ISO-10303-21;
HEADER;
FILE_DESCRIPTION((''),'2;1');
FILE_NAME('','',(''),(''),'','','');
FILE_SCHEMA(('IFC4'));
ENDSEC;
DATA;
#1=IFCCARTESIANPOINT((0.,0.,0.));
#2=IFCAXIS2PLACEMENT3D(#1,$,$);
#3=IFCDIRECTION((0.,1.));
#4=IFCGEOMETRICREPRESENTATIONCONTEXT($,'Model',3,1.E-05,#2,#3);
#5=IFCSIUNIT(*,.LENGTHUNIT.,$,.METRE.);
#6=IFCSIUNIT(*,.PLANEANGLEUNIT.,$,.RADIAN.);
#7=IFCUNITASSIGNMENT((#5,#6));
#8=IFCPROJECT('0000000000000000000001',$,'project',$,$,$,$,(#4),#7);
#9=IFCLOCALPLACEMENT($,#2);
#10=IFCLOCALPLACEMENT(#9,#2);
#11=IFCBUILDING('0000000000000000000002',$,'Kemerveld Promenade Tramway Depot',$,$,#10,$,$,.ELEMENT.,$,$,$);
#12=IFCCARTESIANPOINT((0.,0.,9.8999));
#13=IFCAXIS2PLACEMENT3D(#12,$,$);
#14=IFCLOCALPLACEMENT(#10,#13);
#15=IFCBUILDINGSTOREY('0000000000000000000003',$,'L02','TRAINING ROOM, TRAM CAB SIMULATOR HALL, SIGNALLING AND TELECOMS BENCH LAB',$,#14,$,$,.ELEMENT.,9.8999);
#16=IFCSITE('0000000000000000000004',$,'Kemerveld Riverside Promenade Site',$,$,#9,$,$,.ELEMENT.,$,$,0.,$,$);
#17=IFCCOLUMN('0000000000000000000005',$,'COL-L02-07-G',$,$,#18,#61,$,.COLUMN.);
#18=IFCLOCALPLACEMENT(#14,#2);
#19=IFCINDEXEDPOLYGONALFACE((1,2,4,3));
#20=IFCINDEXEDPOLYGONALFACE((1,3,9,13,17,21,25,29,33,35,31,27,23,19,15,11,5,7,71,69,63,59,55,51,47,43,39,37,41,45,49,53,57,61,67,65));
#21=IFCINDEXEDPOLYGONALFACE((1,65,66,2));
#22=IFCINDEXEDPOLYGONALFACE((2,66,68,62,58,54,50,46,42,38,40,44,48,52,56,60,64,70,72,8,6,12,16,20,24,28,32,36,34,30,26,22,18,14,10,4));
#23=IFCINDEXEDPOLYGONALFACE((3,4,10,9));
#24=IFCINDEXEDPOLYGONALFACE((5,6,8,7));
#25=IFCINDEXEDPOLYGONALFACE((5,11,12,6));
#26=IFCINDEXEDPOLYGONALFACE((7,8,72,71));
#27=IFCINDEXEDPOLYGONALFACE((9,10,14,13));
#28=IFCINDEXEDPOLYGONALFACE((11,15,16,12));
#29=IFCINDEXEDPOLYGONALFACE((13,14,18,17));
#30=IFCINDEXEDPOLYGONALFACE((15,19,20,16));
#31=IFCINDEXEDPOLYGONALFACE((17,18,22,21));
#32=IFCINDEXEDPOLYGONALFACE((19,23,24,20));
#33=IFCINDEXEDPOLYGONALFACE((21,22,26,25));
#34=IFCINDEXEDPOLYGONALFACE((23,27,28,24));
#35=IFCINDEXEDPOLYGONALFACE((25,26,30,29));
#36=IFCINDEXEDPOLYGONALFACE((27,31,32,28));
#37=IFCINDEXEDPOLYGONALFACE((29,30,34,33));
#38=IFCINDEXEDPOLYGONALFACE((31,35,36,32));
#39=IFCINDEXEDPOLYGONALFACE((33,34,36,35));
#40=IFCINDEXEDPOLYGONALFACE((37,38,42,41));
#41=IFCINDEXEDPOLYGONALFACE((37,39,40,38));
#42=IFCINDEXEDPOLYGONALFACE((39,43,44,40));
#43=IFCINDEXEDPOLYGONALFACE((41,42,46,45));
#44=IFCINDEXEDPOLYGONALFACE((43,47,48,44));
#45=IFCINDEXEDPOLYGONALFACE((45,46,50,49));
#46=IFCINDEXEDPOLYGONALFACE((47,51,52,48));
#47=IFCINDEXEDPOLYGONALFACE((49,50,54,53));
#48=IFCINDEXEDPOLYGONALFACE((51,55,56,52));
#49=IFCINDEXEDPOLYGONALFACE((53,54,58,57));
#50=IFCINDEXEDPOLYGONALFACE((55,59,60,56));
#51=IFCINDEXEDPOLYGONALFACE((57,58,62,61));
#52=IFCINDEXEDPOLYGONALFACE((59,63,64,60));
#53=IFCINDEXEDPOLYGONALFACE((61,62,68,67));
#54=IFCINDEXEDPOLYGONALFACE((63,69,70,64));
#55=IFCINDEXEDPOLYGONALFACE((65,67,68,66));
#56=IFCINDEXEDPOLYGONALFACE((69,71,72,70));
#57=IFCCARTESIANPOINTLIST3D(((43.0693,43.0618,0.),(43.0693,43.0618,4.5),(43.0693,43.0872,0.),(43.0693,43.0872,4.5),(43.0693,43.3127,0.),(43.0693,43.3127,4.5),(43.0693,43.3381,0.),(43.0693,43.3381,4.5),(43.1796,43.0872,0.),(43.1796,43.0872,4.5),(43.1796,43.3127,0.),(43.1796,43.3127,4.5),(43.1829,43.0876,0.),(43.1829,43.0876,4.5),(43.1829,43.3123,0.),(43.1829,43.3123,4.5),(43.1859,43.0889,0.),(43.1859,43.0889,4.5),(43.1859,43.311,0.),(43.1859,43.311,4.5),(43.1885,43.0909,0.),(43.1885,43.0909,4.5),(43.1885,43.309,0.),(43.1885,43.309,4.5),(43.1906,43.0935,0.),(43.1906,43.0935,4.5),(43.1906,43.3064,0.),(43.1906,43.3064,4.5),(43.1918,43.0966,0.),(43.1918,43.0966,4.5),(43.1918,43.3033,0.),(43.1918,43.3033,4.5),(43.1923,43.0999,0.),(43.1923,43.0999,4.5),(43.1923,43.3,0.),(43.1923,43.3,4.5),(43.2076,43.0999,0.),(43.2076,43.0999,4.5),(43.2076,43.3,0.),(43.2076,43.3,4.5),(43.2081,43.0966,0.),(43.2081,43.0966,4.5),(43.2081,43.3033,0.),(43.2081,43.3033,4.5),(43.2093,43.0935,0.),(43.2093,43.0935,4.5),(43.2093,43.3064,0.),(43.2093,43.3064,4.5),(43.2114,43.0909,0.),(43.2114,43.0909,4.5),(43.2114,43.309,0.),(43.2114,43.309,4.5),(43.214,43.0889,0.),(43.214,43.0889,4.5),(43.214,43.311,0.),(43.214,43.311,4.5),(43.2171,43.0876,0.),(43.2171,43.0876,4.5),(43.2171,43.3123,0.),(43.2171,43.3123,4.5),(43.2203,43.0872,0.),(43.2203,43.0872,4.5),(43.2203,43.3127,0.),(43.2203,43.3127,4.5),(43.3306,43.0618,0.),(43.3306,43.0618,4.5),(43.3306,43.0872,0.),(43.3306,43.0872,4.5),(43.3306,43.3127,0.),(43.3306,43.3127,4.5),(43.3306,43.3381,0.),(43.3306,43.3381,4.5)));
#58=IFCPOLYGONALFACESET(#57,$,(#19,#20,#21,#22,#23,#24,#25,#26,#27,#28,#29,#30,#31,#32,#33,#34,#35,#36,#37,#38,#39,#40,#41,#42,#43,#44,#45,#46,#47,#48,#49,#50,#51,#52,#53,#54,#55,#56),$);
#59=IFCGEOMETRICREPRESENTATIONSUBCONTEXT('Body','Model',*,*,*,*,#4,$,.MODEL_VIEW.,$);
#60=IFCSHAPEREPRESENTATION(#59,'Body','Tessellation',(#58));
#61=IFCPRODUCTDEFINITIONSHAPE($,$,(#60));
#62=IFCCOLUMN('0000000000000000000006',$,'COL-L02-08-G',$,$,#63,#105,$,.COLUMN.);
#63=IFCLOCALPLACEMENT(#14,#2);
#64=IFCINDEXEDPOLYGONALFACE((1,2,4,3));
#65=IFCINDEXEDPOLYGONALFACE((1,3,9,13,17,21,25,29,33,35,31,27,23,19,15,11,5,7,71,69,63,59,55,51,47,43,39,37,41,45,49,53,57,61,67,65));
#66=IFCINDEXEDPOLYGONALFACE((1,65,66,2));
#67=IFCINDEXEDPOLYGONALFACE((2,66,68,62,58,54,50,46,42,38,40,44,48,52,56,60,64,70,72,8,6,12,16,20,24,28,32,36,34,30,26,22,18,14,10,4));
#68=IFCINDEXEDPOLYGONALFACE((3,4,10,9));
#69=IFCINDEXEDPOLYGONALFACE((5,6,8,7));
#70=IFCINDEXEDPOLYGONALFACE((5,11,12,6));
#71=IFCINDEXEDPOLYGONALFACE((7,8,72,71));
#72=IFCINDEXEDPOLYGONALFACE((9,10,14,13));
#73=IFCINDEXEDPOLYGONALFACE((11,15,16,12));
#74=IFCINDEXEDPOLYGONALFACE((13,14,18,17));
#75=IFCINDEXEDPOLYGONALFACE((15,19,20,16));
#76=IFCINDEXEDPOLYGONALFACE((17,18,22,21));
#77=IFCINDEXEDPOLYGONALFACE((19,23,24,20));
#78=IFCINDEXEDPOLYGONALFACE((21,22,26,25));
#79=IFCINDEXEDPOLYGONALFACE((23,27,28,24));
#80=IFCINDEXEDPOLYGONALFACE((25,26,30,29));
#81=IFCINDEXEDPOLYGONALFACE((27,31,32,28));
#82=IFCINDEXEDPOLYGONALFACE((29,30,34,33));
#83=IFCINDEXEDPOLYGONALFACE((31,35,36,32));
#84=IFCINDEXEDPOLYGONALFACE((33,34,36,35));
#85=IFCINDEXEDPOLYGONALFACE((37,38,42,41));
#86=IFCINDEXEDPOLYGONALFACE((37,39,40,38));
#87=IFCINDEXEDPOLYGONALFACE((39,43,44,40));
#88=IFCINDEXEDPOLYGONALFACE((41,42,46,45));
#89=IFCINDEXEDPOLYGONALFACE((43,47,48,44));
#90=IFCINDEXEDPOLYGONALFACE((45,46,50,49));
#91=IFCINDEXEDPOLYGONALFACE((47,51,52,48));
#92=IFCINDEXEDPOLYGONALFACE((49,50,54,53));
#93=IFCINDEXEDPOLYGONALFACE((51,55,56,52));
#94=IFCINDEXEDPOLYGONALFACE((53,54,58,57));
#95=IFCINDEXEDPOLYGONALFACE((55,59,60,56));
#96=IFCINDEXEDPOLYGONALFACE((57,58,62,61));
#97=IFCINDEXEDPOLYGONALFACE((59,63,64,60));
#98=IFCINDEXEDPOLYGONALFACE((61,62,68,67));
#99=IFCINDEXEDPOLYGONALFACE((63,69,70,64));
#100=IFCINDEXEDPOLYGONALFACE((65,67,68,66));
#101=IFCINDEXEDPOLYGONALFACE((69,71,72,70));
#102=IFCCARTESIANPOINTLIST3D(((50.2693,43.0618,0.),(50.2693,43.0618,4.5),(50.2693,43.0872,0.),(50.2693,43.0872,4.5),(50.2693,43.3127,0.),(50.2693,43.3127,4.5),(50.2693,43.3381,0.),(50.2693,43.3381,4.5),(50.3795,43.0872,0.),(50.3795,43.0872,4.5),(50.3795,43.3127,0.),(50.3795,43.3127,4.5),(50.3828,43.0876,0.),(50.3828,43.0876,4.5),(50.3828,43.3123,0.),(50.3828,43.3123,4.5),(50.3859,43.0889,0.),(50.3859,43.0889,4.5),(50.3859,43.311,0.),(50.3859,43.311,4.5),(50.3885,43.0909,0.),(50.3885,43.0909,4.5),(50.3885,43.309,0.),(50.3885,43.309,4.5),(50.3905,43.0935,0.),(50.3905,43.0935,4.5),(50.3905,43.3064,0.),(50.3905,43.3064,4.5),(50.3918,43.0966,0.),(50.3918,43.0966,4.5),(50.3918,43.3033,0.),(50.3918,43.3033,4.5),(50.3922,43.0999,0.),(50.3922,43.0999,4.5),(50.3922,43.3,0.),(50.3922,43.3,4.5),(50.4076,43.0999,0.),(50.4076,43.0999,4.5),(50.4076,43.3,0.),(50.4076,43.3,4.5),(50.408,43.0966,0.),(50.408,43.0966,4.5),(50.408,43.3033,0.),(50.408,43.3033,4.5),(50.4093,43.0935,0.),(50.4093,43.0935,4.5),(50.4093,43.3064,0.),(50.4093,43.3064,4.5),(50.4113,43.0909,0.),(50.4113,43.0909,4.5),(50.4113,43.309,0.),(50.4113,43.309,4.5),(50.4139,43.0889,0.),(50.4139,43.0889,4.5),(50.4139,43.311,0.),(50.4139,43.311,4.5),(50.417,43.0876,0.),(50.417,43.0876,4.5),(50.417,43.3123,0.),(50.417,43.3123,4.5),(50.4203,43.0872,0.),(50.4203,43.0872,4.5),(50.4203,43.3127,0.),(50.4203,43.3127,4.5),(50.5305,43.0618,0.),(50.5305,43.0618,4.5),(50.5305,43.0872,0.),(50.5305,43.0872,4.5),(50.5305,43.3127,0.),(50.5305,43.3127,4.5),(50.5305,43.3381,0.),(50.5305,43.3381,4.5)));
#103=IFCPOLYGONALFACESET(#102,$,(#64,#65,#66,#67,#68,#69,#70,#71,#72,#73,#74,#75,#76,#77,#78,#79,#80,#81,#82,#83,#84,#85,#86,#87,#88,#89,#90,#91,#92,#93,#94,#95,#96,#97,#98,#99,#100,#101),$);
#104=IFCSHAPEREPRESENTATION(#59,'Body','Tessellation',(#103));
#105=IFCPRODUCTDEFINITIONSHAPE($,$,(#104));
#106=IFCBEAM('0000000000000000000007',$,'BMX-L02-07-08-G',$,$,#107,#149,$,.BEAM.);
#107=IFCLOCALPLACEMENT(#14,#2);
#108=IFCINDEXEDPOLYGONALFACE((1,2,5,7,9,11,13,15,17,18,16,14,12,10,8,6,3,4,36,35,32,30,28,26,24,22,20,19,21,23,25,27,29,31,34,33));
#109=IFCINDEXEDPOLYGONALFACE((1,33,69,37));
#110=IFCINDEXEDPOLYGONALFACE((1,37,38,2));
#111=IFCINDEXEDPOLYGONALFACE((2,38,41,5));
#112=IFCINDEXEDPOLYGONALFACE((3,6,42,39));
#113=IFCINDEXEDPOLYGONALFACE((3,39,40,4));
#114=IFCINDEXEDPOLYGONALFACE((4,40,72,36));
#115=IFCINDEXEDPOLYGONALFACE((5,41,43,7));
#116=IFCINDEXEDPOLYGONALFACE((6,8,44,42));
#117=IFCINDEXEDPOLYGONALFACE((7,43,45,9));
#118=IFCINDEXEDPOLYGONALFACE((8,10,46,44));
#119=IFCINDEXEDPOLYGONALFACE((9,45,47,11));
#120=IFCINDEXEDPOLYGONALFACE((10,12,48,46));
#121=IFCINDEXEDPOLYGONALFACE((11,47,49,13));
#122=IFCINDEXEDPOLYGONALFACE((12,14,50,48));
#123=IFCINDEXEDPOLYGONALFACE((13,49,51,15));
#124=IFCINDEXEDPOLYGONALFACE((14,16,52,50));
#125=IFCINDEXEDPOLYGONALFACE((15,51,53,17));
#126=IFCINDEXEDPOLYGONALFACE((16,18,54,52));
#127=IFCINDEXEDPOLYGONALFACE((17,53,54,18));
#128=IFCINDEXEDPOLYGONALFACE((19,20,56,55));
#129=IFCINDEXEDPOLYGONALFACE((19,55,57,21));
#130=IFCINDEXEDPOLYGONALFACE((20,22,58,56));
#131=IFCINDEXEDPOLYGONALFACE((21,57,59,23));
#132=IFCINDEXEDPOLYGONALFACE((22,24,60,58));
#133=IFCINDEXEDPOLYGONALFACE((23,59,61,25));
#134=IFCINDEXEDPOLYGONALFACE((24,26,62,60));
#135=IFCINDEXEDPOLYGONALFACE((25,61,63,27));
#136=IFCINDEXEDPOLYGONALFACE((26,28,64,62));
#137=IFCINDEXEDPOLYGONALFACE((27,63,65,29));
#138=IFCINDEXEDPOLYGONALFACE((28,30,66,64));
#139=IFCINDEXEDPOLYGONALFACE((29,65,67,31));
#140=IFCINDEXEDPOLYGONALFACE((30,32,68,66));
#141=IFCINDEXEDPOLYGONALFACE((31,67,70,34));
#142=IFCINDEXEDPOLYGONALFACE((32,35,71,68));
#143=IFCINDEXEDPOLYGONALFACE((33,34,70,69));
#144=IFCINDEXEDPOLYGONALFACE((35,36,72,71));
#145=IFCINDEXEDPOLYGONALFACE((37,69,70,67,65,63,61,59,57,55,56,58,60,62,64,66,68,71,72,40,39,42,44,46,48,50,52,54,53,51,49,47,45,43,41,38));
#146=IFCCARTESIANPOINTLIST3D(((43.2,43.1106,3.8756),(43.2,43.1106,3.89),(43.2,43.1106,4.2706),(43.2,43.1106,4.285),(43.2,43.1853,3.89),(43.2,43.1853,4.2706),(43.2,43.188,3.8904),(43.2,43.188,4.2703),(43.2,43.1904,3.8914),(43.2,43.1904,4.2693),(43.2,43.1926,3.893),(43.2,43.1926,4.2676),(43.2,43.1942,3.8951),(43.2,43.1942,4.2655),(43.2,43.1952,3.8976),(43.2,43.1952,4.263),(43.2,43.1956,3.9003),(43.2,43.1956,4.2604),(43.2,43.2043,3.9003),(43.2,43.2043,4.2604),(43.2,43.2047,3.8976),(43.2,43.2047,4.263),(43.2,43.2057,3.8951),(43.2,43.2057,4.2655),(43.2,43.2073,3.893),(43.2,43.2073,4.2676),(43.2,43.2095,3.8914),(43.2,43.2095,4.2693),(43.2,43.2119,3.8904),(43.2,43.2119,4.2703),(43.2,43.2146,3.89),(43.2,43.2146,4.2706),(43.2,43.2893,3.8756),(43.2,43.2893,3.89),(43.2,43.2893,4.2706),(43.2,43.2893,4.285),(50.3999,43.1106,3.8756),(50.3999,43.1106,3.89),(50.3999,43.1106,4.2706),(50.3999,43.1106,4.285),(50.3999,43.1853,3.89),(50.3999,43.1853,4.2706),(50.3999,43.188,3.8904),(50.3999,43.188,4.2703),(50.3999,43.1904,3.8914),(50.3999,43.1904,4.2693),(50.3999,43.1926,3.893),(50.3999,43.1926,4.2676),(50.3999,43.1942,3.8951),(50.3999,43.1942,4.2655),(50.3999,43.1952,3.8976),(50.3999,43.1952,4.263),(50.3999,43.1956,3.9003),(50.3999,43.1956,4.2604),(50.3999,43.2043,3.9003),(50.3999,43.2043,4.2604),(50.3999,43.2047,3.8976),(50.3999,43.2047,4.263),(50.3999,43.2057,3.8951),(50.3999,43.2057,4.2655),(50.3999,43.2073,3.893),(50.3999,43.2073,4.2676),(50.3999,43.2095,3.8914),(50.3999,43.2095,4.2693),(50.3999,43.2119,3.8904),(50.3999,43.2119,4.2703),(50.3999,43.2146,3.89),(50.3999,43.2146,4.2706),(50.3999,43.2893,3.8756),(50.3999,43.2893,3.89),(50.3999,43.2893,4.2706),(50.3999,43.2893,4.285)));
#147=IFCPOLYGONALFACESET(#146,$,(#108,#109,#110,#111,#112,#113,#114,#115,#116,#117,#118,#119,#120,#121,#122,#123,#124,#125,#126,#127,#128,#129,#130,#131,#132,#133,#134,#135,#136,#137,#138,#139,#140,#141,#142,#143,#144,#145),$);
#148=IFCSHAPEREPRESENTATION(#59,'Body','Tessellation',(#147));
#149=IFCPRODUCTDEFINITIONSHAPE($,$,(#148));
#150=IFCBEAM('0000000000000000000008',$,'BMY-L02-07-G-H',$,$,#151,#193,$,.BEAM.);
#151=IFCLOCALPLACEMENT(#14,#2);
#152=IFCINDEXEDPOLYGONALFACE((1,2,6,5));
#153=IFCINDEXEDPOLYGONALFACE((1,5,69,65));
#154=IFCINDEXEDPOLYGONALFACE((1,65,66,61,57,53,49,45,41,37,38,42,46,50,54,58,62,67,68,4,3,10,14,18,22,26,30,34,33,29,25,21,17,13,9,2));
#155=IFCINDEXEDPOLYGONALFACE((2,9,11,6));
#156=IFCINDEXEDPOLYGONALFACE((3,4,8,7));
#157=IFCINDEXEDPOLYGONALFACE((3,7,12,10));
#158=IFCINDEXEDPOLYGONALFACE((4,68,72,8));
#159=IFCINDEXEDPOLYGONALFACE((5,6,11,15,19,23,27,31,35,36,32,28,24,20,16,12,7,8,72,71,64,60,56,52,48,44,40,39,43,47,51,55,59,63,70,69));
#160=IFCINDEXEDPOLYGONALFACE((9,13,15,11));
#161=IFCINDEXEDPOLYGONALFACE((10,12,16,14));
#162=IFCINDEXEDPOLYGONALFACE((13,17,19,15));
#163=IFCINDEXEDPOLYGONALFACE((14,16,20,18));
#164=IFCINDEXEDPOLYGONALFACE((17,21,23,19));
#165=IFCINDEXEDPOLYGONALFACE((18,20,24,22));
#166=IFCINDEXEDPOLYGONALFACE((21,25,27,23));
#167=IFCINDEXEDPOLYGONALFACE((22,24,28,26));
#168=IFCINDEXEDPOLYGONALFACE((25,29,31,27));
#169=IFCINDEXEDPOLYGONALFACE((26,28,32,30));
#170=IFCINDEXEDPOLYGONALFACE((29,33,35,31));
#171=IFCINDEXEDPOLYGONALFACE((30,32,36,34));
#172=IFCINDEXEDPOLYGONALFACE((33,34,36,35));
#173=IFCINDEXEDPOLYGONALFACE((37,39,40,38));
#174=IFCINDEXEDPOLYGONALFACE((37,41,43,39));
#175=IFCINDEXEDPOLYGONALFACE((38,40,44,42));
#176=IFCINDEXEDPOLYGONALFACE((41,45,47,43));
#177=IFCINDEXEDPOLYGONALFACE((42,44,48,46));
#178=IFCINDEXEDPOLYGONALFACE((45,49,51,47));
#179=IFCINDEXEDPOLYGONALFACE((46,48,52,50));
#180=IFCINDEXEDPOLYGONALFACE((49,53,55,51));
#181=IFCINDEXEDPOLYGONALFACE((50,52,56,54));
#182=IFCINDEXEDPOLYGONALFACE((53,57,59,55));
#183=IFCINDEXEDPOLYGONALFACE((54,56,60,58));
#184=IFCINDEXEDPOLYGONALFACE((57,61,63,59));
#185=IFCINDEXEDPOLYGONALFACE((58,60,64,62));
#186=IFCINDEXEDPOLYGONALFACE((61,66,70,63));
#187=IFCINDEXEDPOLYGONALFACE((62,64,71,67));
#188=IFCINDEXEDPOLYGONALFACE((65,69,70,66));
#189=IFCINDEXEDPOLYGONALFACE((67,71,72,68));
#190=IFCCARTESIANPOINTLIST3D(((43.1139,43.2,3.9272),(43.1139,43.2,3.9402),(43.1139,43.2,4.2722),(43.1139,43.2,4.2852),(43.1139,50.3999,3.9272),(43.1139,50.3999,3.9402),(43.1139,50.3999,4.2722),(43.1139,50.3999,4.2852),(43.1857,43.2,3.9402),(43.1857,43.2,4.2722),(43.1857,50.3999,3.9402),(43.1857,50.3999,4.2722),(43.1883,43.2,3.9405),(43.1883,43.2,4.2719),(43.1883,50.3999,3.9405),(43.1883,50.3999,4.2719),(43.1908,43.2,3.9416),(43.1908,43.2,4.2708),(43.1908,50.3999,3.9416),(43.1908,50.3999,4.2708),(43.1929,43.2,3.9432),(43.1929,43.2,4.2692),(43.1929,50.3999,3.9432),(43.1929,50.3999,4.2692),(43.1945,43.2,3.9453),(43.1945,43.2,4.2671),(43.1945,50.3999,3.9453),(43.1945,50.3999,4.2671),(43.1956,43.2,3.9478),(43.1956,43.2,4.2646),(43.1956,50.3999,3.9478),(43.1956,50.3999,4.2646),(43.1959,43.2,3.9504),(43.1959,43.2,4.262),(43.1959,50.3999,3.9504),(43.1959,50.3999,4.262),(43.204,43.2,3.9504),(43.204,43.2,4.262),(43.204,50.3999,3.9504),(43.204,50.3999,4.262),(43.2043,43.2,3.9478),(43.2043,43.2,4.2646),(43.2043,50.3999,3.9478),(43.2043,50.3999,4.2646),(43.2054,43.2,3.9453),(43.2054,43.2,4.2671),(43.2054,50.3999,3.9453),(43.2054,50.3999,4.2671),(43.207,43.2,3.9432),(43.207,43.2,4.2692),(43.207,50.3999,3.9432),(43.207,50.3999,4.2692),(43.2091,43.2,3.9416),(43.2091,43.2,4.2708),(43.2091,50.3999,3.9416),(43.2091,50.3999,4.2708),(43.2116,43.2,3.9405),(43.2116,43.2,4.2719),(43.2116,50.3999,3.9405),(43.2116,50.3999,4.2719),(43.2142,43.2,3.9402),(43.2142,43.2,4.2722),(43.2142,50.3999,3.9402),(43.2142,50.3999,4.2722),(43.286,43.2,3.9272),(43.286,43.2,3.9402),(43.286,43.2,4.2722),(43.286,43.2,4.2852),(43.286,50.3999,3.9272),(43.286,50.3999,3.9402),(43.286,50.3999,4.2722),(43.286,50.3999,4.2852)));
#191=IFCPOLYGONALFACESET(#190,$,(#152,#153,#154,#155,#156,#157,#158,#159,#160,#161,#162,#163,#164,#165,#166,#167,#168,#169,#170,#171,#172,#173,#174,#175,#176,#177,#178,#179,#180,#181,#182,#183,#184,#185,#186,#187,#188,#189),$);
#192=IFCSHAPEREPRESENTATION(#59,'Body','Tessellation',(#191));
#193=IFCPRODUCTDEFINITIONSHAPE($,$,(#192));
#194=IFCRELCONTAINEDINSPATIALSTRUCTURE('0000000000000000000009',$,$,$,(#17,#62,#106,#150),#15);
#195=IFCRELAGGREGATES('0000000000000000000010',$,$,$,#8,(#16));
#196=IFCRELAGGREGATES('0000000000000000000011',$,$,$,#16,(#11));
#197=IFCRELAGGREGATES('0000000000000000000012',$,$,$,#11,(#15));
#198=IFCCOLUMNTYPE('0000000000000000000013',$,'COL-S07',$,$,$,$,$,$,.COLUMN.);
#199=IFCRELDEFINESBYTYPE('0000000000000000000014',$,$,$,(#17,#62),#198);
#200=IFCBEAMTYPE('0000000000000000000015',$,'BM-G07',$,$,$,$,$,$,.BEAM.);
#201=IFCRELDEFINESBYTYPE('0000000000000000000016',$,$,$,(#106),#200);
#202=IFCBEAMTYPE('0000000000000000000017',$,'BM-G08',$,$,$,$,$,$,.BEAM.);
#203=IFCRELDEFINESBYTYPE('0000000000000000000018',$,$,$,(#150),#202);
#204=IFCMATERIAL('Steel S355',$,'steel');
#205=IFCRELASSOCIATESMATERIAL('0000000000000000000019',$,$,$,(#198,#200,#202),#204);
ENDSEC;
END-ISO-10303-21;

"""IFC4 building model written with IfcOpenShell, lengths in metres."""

from ifc_helpers import new_model, si_unit, direction, frame, origin, origin_2d, place, context, subcontext, project, spatial, i_section, extrude, material, material_profile, profile_set, type_object, element, save


model = new_model("IFC4")

# Units and contexts
model_context = context("Model", 3, precision=1e-05, world=origin(), true_north=direction((0.0, 1.0)))
body_context = subcontext(model_context, "Body", "Model", "MODEL_VIEW")
ifc_project = project(units=[si_unit("LENGTHUNIT", "METRE"), si_unit("PLANEANGLEUNIT", "RADIAN")], contexts=[model_context])

# Site, building, storey
site_placement = place(None, origin())
site = spatial("IfcSite", under=ifc_project, at=site_placement, Name="Kemerveld Riverside Promenade Site", CompositionType="ELEMENT", RefElevation=0.0)
building_placement = place(site_placement, origin())
building = spatial("IfcBuilding", under=site, at=building_placement, Name="Kemerveld Promenade Tramway Depot", CompositionType="ELEMENT")
storey_placement = place(building_placement, frame((0.0, 0.0, 9.8999)))
storey = spatial("IfcBuildingStorey", under=building, at=storey_placement, Name="L02", Description="TRAINING ROOM, TRAM CAB SIMULATOR HALL, SIGNALLING AND TELECOMS BENCH LAB", CompositionType="ELEMENT", Elevation=9.8999)

# Columns
ifc_material_1 = material(Name="Steel S355", Category="steel")
ifc_material_profile_1 = material_profile(ifc_material_1, i_section(OverallWidth=0.2612, OverallDepth=0.2764, WebThickness=0.0154, FlangeThickness=0.0254, FilletRadius=0.0127, at=origin_2d()), Name="254x254x132 UC")
ifc_profile_set_1 = profile_set([ifc_material_profile_1], Name="Steel S355")
column_type = type_object("IfcColumnType", Name="COL-S07", PredefinedType="COLUMN", material=ifc_profile_set_1)
for number, where, z_axis, x_axis, name in (
    (1, (43.2, 43.2, 0.0), (0.0, 0.0, 1.0), (1.0, 0.0, 0.0), "COL-L02-07-G"),
    (2, (50.3999, 43.2, 0.0), (0.0, 0.0, 1.0), (1.0, 0.0, 0.0), "COL-L02-08-G"),
):
    element("IfcColumn", number, at=place(storey_placement, frame(where, z_axis=z_axis, x_axis=x_axis)), inside=storey, type_object=column_type, Name=name, PredefinedType="COLUMN", context=body_context, shape_type="SweptSolid", body=[
        extrude(i_section(OverallWidth=0.2612, OverallDepth=0.2764, WebThickness=0.0154, FlangeThickness=0.0254, FilletRadius=0.0127, at=origin_2d()), origin(), (0.0, 0.0, 1.0), 4.5),
    ])

# Beams
ifc_material_profile_2 = material_profile(ifc_material_1, i_section(OverallWidth=0.1787, OverallDepth=0.4094, WebThickness=0.0088, FlangeThickness=0.0144, FilletRadius=0.0103, at=origin_2d()), Name="406x178x67 UB")
ifc_profile_set_2 = profile_set([ifc_material_profile_2], Name="Steel S355")
beam_type_1 = type_object("IfcBeamType", Name="BM-G07", PredefinedType="BEAM", material=ifc_profile_set_2)
beam_placement = place(storey_placement, frame((43.2, 43.2, 4.0803), z_axis=(1.0, 0.0, 0.0), x_axis=(0.0, 1.0, 0.0)))
element("IfcBeam", 3, at=beam_placement, inside=storey, type_object=beam_type_1, Name="BMX-L02-07-08-G", PredefinedType="BEAM", context=body_context, shape_type="SweptSolid", body=[
    extrude(i_section(OverallWidth=0.1787, OverallDepth=0.4094, WebThickness=0.0088, FlangeThickness=0.0144, FilletRadius=0.0103, at=origin_2d()), origin(), (0.0, 0.0, 1.0), 7.2),
])
ifc_material_profile_3 = material_profile(ifc_material_1, i_section(OverallWidth=0.1721, OverallDepth=0.3579, WebThickness=0.0081, FlangeThickness=0.0129, FilletRadius=0.0103, at=origin_2d()), Name="356x171x57 UB")
ifc_profile_set_3 = profile_set([ifc_material_profile_3], Name="Steel S355")
beam_type_2 = type_object("IfcBeamType", Name="BM-G08", PredefinedType="BEAM", material=ifc_profile_set_3)
for number, where, z_axis, x_axis, name in (
    (4, (43.2, 43.2, 4.1062), (0.0, 1.0, 0.0), (-1.0, 0.0, 0.0), "BMY-L02-07-G-H"),
):
    element("IfcBeam", number, at=place(storey_placement, frame(where, z_axis=z_axis, x_axis=x_axis)), inside=storey, type_object=beam_type_2, Name=name, PredefinedType="BEAM", context=body_context, shape_type="SweptSolid", body=[
        extrude(i_section(OverallWidth=0.1721, OverallDepth=0.3579, WebThickness=0.0081, FlangeThickness=0.0129, FilletRadius=0.0103, at=origin_2d()), origin(), (0.0, 0.0, 1.0), 7.2),
    ])

save(model, "model.ifc")
